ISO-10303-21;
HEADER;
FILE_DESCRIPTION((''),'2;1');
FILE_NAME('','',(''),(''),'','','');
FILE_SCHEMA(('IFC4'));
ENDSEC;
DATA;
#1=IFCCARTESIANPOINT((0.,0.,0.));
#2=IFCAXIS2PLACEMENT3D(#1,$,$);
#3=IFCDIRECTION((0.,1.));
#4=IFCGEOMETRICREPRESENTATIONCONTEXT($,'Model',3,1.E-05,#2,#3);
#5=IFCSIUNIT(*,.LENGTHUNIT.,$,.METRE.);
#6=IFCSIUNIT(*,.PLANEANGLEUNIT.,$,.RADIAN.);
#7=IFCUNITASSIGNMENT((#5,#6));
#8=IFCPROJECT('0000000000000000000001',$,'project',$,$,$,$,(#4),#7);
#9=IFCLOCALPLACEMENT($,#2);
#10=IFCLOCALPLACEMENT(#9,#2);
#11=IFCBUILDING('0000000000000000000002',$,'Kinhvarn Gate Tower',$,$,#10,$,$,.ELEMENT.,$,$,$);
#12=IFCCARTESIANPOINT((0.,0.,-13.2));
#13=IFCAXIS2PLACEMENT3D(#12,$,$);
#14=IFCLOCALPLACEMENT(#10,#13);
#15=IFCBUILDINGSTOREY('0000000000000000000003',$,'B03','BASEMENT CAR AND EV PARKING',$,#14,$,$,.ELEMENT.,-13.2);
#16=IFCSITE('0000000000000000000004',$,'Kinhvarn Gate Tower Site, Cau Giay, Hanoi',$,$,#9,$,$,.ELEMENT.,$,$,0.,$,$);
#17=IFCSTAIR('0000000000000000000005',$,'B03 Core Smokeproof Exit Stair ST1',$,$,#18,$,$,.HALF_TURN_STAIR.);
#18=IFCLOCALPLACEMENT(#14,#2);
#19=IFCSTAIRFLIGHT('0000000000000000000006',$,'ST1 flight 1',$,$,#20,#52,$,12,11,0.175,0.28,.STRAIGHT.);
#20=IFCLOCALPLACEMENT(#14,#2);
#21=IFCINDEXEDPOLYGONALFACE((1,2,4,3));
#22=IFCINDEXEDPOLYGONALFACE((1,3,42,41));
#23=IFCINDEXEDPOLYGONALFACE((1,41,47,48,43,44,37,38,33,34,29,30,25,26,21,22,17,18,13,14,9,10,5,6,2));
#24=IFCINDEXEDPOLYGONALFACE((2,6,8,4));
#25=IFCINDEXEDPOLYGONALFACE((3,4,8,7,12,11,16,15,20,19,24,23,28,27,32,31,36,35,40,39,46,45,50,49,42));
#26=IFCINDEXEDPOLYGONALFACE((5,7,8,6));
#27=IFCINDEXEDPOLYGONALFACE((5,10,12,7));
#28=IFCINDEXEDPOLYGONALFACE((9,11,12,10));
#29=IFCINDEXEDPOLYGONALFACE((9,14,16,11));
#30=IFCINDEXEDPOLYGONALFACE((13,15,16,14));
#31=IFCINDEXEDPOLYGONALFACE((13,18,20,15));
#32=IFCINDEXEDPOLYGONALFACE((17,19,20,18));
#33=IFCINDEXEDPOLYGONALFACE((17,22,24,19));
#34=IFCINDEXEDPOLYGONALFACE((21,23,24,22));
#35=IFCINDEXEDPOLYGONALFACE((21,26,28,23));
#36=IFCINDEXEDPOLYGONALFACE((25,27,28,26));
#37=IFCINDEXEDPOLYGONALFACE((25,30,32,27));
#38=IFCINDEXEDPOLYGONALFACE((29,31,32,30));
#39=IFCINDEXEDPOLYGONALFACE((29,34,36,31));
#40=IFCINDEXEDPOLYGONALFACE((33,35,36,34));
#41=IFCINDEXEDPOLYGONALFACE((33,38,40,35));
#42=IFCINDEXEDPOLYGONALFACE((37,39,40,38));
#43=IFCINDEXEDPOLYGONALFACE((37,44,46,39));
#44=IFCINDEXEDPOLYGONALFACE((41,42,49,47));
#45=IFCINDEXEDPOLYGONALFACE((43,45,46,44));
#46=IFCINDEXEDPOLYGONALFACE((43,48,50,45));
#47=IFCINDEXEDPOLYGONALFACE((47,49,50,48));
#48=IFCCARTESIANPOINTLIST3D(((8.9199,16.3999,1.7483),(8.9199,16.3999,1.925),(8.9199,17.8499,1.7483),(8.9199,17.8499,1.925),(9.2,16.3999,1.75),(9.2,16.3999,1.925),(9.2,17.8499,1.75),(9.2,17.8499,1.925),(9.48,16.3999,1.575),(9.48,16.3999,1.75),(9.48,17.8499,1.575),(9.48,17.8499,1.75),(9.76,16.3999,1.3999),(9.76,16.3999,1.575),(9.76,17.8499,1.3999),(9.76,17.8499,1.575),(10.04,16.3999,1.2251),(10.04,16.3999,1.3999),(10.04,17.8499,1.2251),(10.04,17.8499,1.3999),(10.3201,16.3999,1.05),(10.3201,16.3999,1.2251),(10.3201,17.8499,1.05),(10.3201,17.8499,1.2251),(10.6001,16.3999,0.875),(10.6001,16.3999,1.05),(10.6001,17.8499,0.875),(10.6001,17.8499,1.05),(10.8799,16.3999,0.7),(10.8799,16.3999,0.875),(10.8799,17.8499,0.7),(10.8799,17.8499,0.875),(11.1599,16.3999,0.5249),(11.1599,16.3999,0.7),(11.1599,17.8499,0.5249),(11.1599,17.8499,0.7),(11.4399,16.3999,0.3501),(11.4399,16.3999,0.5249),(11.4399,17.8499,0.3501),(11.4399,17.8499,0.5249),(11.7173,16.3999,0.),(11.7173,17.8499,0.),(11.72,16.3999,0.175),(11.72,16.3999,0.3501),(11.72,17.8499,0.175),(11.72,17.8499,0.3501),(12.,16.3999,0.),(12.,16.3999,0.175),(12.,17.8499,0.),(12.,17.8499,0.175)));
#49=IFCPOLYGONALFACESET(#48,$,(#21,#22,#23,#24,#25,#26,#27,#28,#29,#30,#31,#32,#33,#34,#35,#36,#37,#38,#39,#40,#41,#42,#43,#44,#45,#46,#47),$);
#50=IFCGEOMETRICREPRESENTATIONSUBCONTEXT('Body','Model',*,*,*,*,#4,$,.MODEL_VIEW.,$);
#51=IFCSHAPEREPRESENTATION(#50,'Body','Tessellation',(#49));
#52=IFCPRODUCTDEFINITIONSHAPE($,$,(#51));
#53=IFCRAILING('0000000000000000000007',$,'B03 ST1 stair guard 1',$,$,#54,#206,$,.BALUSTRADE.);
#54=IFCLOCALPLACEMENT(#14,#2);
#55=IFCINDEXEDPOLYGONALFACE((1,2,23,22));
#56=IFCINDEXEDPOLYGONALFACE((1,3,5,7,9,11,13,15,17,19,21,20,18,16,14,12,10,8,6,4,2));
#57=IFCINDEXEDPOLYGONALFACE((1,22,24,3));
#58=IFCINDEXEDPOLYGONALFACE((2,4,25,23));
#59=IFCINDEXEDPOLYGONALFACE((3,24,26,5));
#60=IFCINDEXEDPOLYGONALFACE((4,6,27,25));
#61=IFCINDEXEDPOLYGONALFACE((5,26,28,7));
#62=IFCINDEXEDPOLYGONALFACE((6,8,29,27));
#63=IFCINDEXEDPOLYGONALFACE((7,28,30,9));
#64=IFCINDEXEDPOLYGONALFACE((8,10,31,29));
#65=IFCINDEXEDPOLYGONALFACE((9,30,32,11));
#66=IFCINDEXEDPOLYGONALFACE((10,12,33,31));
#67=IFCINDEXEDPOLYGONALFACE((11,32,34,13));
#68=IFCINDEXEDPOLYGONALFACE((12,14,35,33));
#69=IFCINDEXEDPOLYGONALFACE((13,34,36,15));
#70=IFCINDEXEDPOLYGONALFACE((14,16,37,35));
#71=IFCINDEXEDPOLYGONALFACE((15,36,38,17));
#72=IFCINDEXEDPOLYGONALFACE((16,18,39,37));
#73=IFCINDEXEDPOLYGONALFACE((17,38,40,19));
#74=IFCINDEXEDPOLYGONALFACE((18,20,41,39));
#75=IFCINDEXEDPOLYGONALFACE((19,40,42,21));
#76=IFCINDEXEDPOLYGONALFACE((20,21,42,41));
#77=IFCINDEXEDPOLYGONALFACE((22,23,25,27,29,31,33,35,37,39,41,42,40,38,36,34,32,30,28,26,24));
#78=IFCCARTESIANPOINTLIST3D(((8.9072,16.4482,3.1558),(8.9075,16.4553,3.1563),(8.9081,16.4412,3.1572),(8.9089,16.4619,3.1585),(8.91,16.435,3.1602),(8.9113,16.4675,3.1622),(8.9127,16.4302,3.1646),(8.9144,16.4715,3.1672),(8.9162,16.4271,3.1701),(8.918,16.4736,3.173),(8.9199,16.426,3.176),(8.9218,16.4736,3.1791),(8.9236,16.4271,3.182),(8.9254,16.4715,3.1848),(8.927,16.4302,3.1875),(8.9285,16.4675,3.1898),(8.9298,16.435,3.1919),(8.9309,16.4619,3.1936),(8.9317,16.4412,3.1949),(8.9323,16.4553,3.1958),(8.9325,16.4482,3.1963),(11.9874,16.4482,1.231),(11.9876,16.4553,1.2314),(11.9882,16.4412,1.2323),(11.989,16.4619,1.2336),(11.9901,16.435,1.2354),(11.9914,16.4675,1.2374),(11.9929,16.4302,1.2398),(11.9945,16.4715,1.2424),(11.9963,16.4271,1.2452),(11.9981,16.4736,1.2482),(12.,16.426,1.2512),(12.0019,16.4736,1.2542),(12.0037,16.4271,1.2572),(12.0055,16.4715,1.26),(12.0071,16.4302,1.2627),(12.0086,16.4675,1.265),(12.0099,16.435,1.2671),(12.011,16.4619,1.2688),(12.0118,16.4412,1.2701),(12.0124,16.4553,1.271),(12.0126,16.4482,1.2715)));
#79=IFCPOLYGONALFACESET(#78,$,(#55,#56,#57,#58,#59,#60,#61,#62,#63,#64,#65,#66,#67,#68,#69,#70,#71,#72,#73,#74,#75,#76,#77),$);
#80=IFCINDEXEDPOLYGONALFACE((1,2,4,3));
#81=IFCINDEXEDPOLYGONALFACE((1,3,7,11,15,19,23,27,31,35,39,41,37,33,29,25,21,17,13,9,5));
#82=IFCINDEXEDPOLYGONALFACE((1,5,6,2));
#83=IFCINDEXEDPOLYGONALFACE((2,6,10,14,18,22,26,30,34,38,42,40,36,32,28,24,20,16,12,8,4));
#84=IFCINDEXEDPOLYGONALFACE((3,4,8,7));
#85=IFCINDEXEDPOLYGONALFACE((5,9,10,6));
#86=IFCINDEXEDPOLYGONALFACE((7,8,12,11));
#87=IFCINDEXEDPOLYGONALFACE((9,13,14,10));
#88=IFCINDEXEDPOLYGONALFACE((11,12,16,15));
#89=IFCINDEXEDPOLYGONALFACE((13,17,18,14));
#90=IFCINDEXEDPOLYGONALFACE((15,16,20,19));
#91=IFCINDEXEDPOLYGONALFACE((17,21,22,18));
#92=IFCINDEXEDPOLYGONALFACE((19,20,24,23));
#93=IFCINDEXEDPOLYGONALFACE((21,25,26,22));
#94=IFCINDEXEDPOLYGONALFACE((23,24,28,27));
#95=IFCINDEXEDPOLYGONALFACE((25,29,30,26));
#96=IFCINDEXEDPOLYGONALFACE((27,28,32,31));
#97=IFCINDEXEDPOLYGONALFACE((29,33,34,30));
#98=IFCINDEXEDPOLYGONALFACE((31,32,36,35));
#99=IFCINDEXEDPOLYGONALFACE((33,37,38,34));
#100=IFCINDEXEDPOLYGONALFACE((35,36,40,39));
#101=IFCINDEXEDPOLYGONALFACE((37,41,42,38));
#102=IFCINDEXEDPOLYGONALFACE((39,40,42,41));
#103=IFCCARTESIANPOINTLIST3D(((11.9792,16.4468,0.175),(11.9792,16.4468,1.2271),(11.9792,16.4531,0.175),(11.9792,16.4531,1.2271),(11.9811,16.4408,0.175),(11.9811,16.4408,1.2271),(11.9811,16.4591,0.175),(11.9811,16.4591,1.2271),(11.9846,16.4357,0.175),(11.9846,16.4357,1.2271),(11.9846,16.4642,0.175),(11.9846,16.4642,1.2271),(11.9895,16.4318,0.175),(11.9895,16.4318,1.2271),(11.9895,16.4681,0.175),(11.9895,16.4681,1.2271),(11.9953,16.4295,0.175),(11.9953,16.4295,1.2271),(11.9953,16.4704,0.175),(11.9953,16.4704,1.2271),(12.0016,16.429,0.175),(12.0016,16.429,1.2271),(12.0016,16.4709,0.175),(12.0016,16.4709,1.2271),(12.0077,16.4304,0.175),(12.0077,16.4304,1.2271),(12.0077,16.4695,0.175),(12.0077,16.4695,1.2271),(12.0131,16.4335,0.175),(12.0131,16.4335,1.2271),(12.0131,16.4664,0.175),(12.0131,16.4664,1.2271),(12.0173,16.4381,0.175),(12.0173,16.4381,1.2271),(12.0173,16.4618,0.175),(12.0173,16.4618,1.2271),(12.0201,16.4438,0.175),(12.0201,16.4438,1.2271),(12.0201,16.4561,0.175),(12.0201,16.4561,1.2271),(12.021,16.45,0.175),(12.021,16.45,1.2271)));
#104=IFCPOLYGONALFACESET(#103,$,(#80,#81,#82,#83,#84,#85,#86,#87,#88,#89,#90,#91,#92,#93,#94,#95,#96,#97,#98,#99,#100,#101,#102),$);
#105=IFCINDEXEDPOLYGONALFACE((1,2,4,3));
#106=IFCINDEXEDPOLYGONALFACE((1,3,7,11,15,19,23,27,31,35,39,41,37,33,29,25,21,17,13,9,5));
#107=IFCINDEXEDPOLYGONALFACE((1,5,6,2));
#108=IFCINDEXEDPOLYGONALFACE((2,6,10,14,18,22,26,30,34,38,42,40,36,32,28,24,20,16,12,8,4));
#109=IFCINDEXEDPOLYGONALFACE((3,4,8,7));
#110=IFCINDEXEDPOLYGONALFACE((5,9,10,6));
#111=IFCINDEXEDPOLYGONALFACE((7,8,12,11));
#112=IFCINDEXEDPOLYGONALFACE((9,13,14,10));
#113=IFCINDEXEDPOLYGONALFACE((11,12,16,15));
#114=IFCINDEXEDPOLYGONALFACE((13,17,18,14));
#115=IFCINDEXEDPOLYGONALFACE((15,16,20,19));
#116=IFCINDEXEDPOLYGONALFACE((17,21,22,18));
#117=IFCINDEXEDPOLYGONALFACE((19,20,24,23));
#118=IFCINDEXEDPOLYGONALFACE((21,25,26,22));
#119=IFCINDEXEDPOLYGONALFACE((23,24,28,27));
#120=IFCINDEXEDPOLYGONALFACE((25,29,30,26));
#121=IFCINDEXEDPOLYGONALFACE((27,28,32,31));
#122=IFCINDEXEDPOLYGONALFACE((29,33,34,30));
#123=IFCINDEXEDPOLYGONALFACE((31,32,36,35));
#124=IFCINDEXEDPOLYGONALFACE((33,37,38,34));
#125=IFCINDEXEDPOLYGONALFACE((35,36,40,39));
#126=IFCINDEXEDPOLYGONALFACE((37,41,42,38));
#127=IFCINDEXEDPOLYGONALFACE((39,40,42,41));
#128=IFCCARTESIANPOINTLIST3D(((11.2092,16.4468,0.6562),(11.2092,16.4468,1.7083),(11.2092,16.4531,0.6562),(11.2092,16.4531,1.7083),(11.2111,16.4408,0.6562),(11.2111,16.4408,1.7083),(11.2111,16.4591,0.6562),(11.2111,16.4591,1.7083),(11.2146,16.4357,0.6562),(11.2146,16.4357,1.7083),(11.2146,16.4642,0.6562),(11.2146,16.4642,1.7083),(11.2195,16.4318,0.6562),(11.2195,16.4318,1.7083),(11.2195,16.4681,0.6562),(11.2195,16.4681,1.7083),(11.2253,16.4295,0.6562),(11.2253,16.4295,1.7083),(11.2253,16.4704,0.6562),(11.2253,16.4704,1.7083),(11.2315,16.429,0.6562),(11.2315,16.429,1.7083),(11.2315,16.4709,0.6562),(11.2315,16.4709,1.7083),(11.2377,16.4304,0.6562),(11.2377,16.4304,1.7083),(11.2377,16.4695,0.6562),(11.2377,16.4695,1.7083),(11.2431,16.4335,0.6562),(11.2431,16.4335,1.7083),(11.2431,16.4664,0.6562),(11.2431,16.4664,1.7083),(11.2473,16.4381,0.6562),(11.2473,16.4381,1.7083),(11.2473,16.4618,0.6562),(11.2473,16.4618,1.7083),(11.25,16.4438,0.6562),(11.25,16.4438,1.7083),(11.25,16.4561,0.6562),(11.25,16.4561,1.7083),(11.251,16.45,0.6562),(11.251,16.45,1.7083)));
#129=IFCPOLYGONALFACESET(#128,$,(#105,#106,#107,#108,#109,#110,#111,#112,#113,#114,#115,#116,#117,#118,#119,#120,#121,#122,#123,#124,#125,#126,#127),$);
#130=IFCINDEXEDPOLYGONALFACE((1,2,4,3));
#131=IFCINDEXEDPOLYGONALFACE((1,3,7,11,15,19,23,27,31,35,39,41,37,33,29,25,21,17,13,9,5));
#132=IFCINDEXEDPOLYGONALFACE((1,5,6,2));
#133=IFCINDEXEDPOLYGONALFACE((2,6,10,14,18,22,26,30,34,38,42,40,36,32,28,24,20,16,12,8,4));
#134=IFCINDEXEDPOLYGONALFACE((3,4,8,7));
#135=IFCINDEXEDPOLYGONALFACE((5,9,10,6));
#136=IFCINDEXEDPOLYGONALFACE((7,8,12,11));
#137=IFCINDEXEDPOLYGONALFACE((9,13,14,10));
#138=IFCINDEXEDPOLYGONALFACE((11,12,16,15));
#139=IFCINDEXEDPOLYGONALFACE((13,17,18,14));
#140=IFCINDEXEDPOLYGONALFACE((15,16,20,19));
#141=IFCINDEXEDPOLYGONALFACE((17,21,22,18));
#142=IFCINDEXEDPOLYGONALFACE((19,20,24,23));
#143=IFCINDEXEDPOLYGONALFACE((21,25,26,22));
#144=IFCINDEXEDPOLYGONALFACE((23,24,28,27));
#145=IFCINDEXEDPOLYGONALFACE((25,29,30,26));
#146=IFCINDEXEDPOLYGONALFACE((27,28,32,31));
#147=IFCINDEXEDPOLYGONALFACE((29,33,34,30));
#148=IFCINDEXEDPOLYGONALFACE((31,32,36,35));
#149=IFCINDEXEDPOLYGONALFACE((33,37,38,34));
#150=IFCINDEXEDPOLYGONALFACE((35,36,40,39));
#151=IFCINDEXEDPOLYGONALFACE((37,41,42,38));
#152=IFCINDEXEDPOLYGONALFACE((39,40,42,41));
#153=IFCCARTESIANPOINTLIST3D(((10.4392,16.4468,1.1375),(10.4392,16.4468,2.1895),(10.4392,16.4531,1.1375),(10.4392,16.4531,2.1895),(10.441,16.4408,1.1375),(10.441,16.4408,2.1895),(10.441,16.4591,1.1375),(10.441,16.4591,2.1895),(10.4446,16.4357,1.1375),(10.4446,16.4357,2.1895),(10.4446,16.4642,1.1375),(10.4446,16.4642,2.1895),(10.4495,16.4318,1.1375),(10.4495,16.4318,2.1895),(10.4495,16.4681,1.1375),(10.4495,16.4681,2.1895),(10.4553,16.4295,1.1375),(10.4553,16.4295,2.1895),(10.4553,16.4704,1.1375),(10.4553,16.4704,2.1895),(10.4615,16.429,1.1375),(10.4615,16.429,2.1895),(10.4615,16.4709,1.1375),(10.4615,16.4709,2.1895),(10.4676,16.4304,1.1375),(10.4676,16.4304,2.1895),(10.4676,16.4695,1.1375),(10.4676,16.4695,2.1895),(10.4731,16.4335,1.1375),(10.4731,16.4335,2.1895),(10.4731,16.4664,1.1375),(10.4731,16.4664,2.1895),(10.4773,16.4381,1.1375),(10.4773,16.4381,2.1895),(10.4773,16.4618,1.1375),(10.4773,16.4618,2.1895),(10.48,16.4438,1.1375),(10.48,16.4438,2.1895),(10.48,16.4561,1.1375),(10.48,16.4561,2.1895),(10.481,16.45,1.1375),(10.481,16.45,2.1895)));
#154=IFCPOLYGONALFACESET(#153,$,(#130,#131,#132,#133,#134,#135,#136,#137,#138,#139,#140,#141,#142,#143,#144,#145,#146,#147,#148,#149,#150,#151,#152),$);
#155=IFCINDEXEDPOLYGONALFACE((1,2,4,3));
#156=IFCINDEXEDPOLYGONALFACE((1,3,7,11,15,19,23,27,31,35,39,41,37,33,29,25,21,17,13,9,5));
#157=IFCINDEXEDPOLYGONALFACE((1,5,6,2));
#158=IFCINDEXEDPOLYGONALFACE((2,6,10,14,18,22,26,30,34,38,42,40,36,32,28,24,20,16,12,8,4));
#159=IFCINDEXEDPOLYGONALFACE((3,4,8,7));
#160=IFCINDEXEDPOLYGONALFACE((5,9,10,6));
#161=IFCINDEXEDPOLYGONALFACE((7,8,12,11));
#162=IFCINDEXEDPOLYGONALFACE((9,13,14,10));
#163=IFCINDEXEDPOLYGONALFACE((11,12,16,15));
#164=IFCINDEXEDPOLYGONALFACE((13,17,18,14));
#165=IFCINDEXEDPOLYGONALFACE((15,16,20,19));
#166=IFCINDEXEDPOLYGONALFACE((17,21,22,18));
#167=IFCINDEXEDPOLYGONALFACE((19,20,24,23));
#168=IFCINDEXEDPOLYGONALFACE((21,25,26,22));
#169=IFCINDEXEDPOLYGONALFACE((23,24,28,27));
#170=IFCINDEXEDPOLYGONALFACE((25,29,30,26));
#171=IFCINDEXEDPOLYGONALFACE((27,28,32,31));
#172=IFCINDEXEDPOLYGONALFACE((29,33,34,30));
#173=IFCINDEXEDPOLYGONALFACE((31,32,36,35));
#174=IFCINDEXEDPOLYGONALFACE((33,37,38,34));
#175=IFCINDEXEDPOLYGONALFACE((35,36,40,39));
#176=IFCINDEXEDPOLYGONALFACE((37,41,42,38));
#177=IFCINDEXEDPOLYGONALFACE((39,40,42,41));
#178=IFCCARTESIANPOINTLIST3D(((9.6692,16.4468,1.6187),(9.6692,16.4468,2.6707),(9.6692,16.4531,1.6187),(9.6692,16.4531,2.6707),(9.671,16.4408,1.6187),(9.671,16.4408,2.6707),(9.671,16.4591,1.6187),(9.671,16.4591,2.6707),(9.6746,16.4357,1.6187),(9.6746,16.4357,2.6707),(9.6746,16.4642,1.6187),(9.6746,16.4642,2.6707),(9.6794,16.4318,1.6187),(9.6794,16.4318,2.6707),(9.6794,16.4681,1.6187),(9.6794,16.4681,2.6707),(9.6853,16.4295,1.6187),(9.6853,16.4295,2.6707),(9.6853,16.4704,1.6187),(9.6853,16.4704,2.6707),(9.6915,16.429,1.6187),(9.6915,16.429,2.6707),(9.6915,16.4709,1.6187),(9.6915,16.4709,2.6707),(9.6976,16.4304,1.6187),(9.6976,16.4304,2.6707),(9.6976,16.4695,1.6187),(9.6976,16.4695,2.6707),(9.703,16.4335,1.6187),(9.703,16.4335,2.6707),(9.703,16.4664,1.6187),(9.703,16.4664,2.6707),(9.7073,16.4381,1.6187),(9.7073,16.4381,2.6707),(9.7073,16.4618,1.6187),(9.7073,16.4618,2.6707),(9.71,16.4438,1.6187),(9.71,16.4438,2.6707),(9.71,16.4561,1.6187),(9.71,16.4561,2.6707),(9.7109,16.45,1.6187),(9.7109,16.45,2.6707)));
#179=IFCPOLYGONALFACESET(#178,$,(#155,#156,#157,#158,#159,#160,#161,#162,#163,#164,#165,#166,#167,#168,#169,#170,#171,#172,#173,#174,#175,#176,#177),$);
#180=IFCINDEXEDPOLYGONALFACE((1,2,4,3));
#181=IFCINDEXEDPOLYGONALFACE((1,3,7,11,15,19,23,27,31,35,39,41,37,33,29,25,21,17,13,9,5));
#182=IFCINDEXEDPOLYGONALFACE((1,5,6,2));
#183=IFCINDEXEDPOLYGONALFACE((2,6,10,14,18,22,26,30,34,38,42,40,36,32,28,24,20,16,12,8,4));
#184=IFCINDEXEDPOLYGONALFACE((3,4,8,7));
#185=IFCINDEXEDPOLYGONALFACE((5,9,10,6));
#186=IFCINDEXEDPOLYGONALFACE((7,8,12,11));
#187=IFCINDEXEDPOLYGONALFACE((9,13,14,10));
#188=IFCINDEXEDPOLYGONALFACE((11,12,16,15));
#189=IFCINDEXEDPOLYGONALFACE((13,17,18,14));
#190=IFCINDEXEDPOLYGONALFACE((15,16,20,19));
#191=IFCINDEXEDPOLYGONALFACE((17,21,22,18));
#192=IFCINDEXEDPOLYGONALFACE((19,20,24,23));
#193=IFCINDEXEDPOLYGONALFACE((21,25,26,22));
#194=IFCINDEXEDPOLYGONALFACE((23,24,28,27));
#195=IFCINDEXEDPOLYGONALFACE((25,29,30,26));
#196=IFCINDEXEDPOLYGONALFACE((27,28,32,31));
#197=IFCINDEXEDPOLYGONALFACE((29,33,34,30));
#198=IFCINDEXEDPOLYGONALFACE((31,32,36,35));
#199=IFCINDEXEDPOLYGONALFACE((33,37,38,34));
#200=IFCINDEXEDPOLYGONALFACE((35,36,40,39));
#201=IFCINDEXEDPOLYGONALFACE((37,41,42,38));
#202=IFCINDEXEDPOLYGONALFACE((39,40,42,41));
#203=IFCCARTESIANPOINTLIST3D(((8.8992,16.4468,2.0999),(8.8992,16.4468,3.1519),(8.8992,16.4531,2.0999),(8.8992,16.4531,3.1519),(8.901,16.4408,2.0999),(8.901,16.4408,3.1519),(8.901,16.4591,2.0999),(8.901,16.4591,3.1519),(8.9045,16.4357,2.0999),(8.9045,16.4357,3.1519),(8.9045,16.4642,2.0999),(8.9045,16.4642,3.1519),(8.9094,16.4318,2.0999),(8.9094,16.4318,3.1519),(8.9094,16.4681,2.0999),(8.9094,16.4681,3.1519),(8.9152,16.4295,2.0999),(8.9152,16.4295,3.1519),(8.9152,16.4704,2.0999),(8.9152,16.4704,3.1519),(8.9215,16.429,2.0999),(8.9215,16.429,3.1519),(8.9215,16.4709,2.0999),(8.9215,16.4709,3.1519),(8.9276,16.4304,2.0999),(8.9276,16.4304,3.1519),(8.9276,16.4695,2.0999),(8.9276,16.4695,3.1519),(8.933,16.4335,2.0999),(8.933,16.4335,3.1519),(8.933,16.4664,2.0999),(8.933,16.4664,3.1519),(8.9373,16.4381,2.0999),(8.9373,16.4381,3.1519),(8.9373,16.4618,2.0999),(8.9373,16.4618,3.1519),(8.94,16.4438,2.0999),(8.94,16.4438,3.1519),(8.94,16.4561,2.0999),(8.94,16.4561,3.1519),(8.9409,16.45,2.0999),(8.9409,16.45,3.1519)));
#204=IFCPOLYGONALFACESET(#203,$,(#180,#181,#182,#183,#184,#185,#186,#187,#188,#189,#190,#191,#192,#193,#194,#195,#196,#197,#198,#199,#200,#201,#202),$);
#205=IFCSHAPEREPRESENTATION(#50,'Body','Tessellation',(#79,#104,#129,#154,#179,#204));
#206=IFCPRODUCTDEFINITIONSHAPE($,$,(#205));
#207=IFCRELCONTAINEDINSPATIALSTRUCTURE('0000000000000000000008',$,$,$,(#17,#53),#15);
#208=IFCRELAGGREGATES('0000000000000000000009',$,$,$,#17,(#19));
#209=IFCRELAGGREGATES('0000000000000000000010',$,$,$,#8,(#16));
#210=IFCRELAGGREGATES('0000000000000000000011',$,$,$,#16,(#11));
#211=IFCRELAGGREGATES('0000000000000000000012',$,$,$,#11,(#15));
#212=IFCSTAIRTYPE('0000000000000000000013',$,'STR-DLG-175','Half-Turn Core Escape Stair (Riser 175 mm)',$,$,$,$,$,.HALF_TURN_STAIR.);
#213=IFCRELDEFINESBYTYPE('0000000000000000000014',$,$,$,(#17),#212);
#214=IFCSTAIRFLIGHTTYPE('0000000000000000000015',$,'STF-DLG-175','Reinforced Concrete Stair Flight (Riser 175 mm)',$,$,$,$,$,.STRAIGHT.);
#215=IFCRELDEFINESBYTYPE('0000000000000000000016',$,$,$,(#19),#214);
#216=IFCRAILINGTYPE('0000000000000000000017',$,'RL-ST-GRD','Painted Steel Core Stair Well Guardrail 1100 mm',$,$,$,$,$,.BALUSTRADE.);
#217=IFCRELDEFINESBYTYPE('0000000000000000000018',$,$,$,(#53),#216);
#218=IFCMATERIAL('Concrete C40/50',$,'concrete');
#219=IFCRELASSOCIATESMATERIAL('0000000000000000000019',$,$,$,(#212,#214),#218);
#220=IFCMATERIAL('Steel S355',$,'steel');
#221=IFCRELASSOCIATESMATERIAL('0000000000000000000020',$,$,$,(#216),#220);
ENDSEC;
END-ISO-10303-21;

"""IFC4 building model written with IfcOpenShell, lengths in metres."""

from ifc_helpers import new_model, si_unit, direction, frame, origin, origin_2d, place, context, subcontext, project, spatial, polyline, circle, outline, extrude, material, type_object, element, aggregate, save


model = new_model("IFC4")

# Units and contexts
model_context = context("Model", 3, precision=1e-05, world=origin(), true_north=direction((0.0, 1.0)))
body_context = subcontext(model_context, "Body", "Model", "MODEL_VIEW")
ifc_project = project(units=[si_unit("LENGTHUNIT", "METRE"), si_unit("PLANEANGLEUNIT", "RADIAN")], contexts=[model_context])

# Site, building, storey
site_placement = place(None, origin())
site = spatial("IfcSite", under=ifc_project, at=site_placement, Name="Kinhvarn Gate Tower Site, Cau Giay, Hanoi", CompositionType="ELEMENT", RefElevation=0.0)
building_placement = place(site_placement, origin())
building = spatial("IfcBuilding", under=site, at=building_placement, Name="Kinhvarn Gate Tower", CompositionType="ELEMENT")
storey_placement = place(building_placement, frame((0.0, 0.0, -13.2)))
storey = spatial("IfcBuildingStorey", under=building, at=storey_placement, Name="B03", Description="BASEMENT CAR AND EV PARKING", CompositionType="ELEMENT", Elevation=-13.2)

# Shared definitions
ifc_material_1 = material(Name="Steel S355", Category="steel")

# Shared definitions
ifc_material_2 = material(Name="Concrete C40/50", Category="concrete")

# Stair, stair flight
stair_type = type_object("IfcStairType", Name="STR-DLG-175", Description="Half-Turn Core Escape Stair (Riser 175 mm)", PredefinedType="HALF_TURN_STAIR", material=ifc_material_2)
stair_placement = place(storey_placement, origin())
stair = element("IfcStair", 1, at=stair_placement, inside=storey, type_object=stair_type, Name="B03 Core Smokeproof Exit Stair ST1", PredefinedType="HALF_TURN_STAIR")
stair_flight_type = type_object("IfcStairFlightType", Name="STF-DLG-175", Description="Reinforced Concrete Stair Flight (Riser 175 mm)", PredefinedType="STRAIGHT", material=ifc_material_2)
stair_flight_placement = place(storey_placement, frame((12.0, 17.125, 0.0), z_axis=(0.0, 0.0, 1.0), x_axis=(-1.0, 0.0, 0.0)))
stair_flight = element("IfcStairFlight", 2, at=stair_flight_placement, type_object=stair_flight_type, Name="ST1 flight 1", NumberOfRisers=12, NumberOfTreads=11, PredefinedType="STRAIGHT", RiserHeight=0.175, TreadLength=0.28, context=body_context, shape_type="SweptSolid", body=[
    extrude(outline(polyline([(0.0, 0.0), (0.0, 0.175), (0.28, 0.175), (0.28, 0.3501), (0.5601, 0.3501), (0.5601, 0.5249), (0.8401, 0.5249), (0.8401, 0.7), (1.1201, 0.7), (1.1201, 0.875), (1.3999, 0.875), (1.3999, 1.05), (1.6799, 1.05), (1.6799, 1.2251), (1.96, 1.2251), (1.96, 1.3999), (2.24, 1.3999), (2.24, 1.575), (2.52, 1.575), (2.52, 1.75), (2.8, 1.75), (2.8, 1.925), (3.0801, 1.925), (3.0801, 2.1001), (3.0801, 1.7483), (0.2827, 0.0), (0.0, 0.0)])), frame((0.0, 0.7251, 0.0), z_axis=(0.0, -1.0, 0.0), x_axis=(1.0, 0.0, 0.0)), (0.0, 0.0, 1.0), 1.45),
])
aggregate(stair, [stair_flight])

# Railing
railing_type_1 = type_object("IfcRailingType", Name="RL-ST-GRD", Description="Painted Steel Core Stair Well Guardrail 1100 mm", PredefinedType="BALUSTRADE", material=ifc_material_1)
railing_1_placement = place(storey_placement, frame((12.0, 16.45, 0.175)))
element("IfcRailing", 3, at=railing_1_placement, inside=storey, type_object=railing_type_1, Name="B03 ST1 stair guard 1", PredefinedType="BALUSTRADE", context=body_context, shape_type="SweptSolid", body=[
    extrude(circle(Radius=0.0239, at=origin_2d()), frame((0.0, 0.0, 1.0762), z_axis=(-0.848029, 0.0, 0.529951), x_axis=(0.0, -1.0, 0.0)), (0.0, 0.0, 1.0), 3.6321),
    extrude(circle(Radius=0.021, at=origin_2d()), origin(), (0.0, 0.0, 1.0), 1.052),
    extrude(circle(Radius=0.021, at=origin_2d()), frame((-0.77, 0.0, 0.4812)), (0.0, 0.0, 1.0), 1.052),
    extrude(circle(Radius=0.021, at=origin_2d()), frame((-1.54, 0.0, 0.9624)), (0.0, 0.0, 1.0), 1.052),
    extrude(circle(Radius=0.021, at=origin_2d()), frame((-2.3101, 0.0, 1.4436)), (0.0, 0.0, 1.0), 1.052),
    extrude(circle(Radius=0.021, at=origin_2d()), frame((-3.0801, 0.0, 1.9248)), (0.0, 0.0, 1.0), 1.052),
])

save(model, "model.ifc")
